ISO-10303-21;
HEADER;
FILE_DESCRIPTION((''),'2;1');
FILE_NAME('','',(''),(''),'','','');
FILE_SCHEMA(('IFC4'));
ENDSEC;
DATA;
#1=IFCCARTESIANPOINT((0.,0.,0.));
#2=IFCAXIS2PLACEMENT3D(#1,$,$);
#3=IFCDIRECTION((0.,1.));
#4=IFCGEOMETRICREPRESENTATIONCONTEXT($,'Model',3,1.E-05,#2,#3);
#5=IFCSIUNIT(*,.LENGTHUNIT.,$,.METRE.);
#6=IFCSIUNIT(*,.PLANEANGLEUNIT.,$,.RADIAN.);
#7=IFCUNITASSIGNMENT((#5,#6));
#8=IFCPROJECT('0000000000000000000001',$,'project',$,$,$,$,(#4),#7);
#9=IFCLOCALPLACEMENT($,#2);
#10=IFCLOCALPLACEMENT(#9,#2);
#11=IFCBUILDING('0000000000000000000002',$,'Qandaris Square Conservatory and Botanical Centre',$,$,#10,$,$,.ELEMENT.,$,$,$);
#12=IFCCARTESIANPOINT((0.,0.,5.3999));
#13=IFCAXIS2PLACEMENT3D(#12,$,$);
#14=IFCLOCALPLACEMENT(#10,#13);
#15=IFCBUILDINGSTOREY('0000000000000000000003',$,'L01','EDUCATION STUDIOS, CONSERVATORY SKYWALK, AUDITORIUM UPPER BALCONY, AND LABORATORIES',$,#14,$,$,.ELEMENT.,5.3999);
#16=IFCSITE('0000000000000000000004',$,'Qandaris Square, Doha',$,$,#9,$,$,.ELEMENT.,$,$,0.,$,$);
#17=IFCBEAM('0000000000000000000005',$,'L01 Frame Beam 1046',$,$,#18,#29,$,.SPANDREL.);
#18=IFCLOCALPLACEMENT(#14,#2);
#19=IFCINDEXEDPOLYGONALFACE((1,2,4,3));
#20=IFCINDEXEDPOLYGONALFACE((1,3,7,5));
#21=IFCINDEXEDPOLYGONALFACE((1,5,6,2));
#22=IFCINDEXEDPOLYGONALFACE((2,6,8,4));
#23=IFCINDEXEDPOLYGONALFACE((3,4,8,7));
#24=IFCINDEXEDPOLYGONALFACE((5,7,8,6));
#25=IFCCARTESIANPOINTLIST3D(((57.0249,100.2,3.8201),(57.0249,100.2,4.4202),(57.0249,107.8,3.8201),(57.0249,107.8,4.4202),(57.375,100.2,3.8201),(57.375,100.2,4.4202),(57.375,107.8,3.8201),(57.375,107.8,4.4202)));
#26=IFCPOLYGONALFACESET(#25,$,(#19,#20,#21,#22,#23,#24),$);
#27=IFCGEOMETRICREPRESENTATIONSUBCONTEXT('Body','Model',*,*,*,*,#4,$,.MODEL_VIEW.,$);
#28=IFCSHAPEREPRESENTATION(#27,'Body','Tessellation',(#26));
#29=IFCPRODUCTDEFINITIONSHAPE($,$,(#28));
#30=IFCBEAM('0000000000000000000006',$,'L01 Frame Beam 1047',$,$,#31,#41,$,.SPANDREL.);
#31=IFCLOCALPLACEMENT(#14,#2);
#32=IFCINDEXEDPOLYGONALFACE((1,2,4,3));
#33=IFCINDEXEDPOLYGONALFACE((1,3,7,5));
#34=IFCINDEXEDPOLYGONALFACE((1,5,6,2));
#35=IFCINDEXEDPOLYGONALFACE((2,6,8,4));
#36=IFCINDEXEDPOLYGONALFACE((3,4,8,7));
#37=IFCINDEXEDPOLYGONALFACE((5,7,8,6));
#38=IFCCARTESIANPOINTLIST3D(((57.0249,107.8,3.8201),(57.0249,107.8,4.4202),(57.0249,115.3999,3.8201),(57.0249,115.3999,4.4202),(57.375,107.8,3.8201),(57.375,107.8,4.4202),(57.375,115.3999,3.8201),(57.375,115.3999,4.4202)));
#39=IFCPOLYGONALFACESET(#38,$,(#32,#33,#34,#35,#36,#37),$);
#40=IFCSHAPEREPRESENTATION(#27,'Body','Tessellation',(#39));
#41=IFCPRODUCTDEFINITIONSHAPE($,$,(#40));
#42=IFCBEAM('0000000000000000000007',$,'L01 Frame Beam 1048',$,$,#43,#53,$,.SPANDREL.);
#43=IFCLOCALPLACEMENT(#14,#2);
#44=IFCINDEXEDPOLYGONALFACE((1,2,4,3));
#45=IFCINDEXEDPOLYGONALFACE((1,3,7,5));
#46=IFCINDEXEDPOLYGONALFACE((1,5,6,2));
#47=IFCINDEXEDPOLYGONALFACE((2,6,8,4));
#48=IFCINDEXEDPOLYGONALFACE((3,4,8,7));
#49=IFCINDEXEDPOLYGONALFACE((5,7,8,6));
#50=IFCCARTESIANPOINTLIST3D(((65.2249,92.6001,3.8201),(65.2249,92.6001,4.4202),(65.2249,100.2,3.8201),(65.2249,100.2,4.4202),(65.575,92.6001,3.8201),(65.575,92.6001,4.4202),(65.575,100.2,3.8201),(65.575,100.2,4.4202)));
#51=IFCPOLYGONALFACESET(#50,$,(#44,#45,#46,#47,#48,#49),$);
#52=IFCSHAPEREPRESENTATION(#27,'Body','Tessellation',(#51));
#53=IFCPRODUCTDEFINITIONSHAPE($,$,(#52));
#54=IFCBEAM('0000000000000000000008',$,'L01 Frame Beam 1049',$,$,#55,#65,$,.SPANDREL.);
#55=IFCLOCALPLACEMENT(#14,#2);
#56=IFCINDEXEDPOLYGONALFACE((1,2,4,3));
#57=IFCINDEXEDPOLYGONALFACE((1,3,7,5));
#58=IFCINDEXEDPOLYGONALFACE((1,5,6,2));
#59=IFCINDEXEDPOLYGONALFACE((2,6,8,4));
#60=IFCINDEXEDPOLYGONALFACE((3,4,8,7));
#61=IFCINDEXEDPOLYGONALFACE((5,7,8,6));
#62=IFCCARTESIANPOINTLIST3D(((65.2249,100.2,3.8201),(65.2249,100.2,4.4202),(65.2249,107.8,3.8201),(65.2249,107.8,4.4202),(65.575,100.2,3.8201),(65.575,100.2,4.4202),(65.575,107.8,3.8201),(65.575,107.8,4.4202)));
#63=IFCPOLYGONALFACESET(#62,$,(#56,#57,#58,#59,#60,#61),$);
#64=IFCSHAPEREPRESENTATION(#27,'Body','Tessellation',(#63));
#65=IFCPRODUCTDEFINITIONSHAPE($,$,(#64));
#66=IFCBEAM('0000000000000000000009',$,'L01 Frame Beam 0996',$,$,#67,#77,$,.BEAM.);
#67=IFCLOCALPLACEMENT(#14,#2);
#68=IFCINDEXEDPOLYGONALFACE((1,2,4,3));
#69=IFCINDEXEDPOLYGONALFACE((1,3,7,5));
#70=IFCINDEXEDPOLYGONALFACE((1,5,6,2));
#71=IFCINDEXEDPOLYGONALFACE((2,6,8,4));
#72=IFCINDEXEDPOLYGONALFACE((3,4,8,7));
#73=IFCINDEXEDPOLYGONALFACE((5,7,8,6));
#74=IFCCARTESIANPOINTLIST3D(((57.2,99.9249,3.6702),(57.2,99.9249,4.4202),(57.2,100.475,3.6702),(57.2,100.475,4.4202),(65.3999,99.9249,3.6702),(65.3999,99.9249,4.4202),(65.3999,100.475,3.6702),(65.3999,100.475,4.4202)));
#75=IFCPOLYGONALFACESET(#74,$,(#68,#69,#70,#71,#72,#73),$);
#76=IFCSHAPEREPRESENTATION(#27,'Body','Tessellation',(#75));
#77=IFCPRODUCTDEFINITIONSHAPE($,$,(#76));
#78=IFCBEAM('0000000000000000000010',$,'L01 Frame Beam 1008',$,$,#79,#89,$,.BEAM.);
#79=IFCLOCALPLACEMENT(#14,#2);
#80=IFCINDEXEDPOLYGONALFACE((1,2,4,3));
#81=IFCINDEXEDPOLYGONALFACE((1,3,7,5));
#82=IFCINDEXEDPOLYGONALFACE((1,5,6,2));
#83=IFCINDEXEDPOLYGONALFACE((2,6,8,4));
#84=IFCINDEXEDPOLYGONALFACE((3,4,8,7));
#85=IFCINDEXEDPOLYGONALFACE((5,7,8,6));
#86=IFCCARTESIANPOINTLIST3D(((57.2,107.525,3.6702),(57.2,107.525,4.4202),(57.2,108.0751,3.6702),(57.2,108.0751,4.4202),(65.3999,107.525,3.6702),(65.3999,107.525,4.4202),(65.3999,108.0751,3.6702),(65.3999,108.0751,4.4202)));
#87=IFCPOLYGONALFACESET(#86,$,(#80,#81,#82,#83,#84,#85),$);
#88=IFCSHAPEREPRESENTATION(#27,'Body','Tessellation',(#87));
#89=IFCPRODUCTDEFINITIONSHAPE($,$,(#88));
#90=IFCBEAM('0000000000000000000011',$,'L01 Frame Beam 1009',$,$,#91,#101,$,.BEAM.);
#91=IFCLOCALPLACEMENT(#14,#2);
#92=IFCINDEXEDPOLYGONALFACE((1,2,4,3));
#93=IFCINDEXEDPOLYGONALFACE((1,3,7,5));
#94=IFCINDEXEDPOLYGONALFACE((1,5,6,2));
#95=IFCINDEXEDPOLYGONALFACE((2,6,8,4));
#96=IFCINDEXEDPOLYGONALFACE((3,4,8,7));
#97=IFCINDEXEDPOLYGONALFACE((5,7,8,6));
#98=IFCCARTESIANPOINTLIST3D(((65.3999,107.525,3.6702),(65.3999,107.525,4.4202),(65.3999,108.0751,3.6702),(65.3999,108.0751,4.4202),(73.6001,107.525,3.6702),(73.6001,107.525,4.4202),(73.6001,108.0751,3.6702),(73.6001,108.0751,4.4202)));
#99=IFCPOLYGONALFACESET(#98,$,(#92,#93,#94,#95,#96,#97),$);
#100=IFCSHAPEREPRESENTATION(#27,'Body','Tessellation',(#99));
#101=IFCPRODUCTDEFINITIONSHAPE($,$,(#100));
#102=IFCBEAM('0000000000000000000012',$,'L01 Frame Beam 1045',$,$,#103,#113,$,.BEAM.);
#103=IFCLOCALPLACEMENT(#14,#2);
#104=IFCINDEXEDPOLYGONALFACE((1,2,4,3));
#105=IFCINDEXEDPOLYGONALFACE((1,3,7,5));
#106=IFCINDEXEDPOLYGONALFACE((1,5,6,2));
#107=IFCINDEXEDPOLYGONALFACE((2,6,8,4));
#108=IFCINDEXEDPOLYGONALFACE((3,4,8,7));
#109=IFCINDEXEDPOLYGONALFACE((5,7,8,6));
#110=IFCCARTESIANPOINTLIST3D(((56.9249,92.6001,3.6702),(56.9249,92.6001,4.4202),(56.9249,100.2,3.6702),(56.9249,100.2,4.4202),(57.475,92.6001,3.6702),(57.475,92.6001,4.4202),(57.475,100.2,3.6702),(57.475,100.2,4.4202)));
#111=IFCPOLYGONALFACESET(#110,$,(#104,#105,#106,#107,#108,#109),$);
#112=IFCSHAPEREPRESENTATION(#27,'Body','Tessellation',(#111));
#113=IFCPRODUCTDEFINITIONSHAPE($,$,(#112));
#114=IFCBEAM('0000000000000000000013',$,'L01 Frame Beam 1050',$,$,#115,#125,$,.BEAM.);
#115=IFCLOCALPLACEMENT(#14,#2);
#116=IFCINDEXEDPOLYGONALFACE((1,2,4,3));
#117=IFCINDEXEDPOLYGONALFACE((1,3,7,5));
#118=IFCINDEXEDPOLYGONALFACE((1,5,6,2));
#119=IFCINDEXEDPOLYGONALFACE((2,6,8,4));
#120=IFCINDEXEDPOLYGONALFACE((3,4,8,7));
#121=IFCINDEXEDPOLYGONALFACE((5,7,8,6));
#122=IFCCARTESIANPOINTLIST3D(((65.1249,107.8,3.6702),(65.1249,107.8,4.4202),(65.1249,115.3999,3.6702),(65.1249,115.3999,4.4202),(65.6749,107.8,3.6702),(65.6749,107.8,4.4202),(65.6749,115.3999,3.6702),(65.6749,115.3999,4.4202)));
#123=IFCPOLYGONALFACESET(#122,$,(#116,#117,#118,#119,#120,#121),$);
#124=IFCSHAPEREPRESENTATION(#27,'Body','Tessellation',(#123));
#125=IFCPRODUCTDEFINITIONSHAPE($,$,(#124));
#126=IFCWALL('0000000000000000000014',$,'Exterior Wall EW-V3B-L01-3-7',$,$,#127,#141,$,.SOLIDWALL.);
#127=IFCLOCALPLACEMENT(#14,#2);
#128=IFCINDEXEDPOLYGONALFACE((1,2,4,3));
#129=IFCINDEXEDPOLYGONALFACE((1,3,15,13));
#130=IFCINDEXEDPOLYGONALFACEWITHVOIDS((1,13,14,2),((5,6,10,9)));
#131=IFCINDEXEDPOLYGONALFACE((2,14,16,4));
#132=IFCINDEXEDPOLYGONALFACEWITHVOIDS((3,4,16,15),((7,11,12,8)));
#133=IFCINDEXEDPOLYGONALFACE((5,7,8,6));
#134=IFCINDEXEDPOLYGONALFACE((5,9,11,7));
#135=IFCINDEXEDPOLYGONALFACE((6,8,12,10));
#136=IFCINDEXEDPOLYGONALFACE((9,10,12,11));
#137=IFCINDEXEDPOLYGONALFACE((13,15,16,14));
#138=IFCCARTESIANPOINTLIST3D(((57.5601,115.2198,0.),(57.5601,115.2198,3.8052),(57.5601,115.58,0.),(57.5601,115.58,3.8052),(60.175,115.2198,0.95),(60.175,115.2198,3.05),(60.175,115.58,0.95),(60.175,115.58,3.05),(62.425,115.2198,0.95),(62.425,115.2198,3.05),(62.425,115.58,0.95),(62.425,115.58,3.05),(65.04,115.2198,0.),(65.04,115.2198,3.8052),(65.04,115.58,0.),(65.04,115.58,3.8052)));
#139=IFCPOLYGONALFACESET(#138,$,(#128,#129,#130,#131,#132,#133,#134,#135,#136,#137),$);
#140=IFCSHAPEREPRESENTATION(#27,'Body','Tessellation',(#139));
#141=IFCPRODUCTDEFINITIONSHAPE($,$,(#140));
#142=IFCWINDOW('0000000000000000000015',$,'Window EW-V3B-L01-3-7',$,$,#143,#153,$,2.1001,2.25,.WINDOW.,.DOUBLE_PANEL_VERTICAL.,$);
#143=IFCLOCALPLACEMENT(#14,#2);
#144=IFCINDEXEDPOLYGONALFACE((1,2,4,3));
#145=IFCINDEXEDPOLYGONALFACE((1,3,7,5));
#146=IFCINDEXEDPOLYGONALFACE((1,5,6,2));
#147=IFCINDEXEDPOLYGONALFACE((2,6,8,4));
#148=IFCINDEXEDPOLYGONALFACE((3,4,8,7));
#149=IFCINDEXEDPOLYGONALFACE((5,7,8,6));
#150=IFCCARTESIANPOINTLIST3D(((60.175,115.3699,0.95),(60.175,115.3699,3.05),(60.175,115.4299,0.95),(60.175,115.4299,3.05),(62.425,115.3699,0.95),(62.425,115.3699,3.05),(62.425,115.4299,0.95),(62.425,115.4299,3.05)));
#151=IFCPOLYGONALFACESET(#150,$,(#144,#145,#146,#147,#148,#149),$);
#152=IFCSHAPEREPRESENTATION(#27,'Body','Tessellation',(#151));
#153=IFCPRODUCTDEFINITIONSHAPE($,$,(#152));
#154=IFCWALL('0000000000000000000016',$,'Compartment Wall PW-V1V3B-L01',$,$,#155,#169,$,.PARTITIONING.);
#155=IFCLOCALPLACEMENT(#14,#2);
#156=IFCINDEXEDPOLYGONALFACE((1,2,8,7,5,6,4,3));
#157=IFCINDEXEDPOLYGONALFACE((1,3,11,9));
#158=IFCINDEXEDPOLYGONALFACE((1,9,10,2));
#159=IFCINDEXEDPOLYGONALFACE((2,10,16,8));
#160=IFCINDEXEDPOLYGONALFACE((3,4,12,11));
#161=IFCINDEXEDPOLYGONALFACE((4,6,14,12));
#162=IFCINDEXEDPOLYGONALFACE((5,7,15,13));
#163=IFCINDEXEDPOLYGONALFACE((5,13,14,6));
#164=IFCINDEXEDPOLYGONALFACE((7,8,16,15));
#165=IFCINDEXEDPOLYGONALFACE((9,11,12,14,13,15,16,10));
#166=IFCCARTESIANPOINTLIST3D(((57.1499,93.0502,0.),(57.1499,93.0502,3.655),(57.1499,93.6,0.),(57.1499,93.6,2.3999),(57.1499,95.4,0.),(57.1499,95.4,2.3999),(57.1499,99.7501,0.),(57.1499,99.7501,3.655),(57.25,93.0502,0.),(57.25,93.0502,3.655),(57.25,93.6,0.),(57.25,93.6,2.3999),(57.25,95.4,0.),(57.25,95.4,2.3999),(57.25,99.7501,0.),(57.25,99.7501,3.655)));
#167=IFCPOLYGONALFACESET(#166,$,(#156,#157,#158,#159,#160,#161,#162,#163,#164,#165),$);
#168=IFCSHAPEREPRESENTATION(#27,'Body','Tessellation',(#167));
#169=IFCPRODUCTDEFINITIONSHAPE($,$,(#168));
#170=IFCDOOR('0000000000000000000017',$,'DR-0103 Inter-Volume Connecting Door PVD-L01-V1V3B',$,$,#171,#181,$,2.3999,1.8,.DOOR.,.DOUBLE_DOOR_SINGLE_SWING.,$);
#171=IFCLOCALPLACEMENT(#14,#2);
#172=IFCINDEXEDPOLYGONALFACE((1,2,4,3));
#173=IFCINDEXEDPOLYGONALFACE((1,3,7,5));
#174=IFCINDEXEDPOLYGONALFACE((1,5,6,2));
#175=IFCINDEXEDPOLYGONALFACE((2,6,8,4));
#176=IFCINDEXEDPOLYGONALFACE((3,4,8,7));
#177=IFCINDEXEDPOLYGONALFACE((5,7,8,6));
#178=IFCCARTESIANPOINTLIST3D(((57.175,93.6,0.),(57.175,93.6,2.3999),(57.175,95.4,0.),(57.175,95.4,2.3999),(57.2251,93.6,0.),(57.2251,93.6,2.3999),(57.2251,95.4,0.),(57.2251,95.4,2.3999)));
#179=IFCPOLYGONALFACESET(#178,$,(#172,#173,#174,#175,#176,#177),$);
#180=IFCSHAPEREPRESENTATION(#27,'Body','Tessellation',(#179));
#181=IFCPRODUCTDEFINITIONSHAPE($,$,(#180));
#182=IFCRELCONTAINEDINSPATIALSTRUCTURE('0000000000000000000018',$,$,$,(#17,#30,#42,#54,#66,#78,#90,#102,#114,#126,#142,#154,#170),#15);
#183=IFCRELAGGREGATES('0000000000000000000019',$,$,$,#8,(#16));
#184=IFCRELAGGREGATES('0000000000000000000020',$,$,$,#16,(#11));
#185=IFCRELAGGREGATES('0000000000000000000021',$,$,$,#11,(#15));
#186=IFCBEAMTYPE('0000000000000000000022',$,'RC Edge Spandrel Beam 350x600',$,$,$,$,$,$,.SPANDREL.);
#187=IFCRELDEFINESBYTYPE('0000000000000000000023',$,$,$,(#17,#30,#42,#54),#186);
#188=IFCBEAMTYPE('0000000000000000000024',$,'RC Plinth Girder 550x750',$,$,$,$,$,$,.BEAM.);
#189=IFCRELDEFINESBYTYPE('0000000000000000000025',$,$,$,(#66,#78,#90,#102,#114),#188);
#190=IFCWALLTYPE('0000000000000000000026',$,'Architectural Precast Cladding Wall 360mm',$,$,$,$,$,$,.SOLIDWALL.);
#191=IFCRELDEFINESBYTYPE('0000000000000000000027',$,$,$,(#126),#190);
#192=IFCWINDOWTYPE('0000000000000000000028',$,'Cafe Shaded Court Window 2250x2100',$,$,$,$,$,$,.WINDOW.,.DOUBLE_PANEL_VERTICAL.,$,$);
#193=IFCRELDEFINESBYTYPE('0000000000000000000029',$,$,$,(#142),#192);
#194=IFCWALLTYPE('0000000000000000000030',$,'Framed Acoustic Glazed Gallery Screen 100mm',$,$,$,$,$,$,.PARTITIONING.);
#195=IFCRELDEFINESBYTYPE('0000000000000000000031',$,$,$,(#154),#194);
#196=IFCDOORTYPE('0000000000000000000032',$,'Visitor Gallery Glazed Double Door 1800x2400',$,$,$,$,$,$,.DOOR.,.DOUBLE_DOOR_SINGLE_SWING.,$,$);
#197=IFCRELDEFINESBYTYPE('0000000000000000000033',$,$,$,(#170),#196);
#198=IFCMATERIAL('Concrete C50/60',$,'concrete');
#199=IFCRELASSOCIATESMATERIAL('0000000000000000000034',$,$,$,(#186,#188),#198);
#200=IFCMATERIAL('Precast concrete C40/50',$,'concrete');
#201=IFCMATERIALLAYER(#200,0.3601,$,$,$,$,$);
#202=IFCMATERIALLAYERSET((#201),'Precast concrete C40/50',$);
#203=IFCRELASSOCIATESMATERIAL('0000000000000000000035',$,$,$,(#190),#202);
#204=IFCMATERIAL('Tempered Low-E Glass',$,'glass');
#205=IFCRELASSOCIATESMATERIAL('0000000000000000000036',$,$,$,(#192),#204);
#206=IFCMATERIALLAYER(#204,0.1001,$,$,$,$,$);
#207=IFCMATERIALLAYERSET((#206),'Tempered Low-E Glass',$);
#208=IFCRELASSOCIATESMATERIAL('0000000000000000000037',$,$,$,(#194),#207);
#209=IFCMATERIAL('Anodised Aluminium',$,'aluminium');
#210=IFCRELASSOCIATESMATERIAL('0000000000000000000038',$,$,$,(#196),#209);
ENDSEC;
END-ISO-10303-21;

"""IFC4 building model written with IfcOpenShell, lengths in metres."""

from ifc_helpers import new_model, si_unit, direction, frame, frame_2d, origin, origin_2d, place, context, subcontext, project, spatial, rectangle, extrude, material, layer, layer_set, material_profile, profile_set, type_object, element, fill, save


model = new_model("IFC4")

# Units and contexts
model_context = context("Model", 3, precision=1e-05, world=origin(), true_north=direction((0.0, 1.0)))
body_context = subcontext(model_context, "Body", "Model", "MODEL_VIEW")
ifc_project = project(units=[si_unit("LENGTHUNIT", "METRE"), si_unit("PLANEANGLEUNIT", "RADIAN")], contexts=[model_context])

# Site, building, storey
site_placement = place(None, origin())
site = spatial("IfcSite", under=ifc_project, at=site_placement, Name="Qandaris Square, Doha", CompositionType="ELEMENT", RefElevation=0.0)
building_placement = place(site_placement, origin())
building = spatial("IfcBuilding", under=site, at=building_placement, Name="Qandaris Square Conservatory and Botanical Centre", CompositionType="ELEMENT")
storey_placement = place(building_placement, frame((0.0, 0.0, 5.3999)))
storey = spatial("IfcBuildingStorey", under=building, at=storey_placement, Name="L01", Description="EDUCATION STUDIOS, CONSERVATORY SKYWALK, AUDITORIUM UPPER BALCONY, AND LABORATORIES", CompositionType="ELEMENT", Elevation=5.3999)

# Shared definitions
ifc_material_1 = material(Name="Concrete C50/60", Category="concrete")

# Beams
ifc_material_profile_1 = material_profile(ifc_material_1, rectangle(XDim=0.3501, YDim=0.6001, at=origin_2d()), Name="RC-SP 350x600")
ifc_profile_set_1 = profile_set([ifc_material_profile_1], Name="Concrete C50/60")
beam_type_1 = type_object("IfcBeamType", Name="RC Edge Spandrel Beam 350x600", PredefinedType="SPANDREL", material=ifc_profile_set_1)
beam_1_placement = place(storey_placement, frame((57.2, 100.2, 4.1201), z_axis=(0.0, 1.0, 0.0), x_axis=(-1.0, 0.0, 0.0)))
element("IfcBeam", 1, at=beam_1_placement, inside=storey, type_object=beam_type_1, Name="L01 Frame Beam 1046", PredefinedType="SPANDREL", context=body_context, shape_type="SweptSolid", body=[
    extrude(rectangle(XDim=0.3501, YDim=0.6001, at=origin_2d()), origin(), (0.0, 0.0, 1.0), 7.6001),
])
for number, where, z_axis, x_axis, name in (
    (2, (57.2, 107.8, 4.1201), (0.0, 1.0, 0.0), (-1.0, 0.0, 0.0), "L01 Frame Beam 1047"),
    (3, (65.3999, 92.6001, 4.1201), (0.0, 1.0, 0.0), (-1.0, 0.0, 0.0), "L01 Frame Beam 1048"),
):
    element("IfcBeam", number, at=place(storey_placement, frame(where, z_axis=z_axis, x_axis=x_axis)), inside=storey, type_object=beam_type_1, Name=name, PredefinedType="SPANDREL", context=body_context, shape_type="SweptSolid", body=[
        extrude(rectangle(XDim=0.3501, YDim=0.6001, at=origin_2d()), origin(), (0.0, 0.0, 1.0), 7.5999),
    ])
beam_2_placement = place(storey_placement, frame((65.3999, 100.2, 4.1201), z_axis=(0.0, 1.0, 0.0), x_axis=(-1.0, 0.0, 0.0)))
element("IfcBeam", 4, at=beam_2_placement, inside=storey, type_object=beam_type_1, Name="L01 Frame Beam 1049", PredefinedType="SPANDREL", context=body_context, shape_type="SweptSolid", body=[
    extrude(rectangle(XDim=0.3501, YDim=0.6001, at=origin_2d()), origin(), (0.0, 0.0, 1.0), 7.6001),
])
ifc_material_profile_2 = material_profile(ifc_material_1, rectangle(XDim=0.55, YDim=0.75, at=origin_2d()), Name="RC-BM 550x750")
ifc_profile_set_2 = profile_set([ifc_material_profile_2], Name="Concrete C50/60")
beam_type_2 = type_object("IfcBeamType", Name="RC Plinth Girder 550x750", PredefinedType="BEAM", material=ifc_profile_set_2)
for number, where, z_axis, x_axis, name in (
    (5, (57.2, 100.2, 4.0452), (1.0, 0.0, 0.0), (0.0, 1.0, 0.0), "L01 Frame Beam 0996"),
    (6, (57.2, 107.8, 4.0452), (1.0, 0.0, 0.0), (0.0, 1.0, 0.0), "L01 Frame Beam 1008"),
):
    element("IfcBeam", number, at=place(storey_placement, frame(where, z_axis=z_axis, x_axis=x_axis)), inside=storey, type_object=beam_type_2, Name=name, PredefinedType="BEAM", context=body_context, shape_type="SweptSolid", body=[
        extrude(rectangle(XDim=0.55, YDim=0.75, at=origin_2d()), origin(), (0.0, 0.0, 1.0), 8.2),
    ])
beam_3_placement = place(storey_placement, frame((65.3999, 107.8, 4.0452), z_axis=(1.0, 0.0, 0.0), x_axis=(0.0, 1.0, 0.0)))
element("IfcBeam", 7, at=beam_3_placement, inside=storey, type_object=beam_type_2, Name="L01 Frame Beam 1009", PredefinedType="BEAM", context=body_context, shape_type="SweptSolid", body=[
    extrude(rectangle(XDim=0.55, YDim=0.75, at=origin_2d()), origin(), (0.0, 0.0, 1.0), 8.2002),
])
for number, where, z_axis, x_axis, name in (
    (8, (57.2, 92.6001, 4.0452), (0.0, 1.0, 0.0), (-1.0, 0.0, 0.0), "L01 Frame Beam 1045"),
    (9, (65.3999, 107.8, 4.0452), (0.0, 1.0, 0.0), (-1.0, 0.0, 0.0), "L01 Frame Beam 1050"),
):
    element("IfcBeam", number, at=place(storey_placement, frame(where, z_axis=z_axis, x_axis=x_axis)), inside=storey, type_object=beam_type_2, Name=name, PredefinedType="BEAM", context=body_context, shape_type="SweptSolid", body=[
        extrude(rectangle(XDim=0.55, YDim=0.75, at=origin_2d()), origin(), (0.0, 0.0, 1.0), 7.5999),
    ])

# Wall, opening, window
ifc_material_2 = material(Name="Precast concrete C40/50", Category="concrete")
ifc_layer_1 = layer(ifc_material_2, 0.3601)
ifc_layer_set_1 = layer_set([ifc_layer_1], Name="Precast concrete C40/50")
wall_type_1 = type_object("IfcWallType", Name="Architectural Precast Cladding Wall 360mm", PredefinedType="SOLIDWALL", material=ifc_layer_set_1)
wall_1_placement = place(storey_placement, frame((65.04, 115.3999, 0.0), z_axis=(0.0, 0.0, 1.0), x_axis=(-1.0, 0.0, 0.0)))
wall_1 = element("IfcWall", 10, at=wall_1_placement, inside=storey, type_object=wall_type_1, Name="Exterior Wall EW-V3B-L01-3-7", PredefinedType="SOLIDWALL", context=body_context, shape_type="SweptSolid", body=[
    extrude(rectangle(XDim=7.48, YDim=0.3601, at=frame_2d((3.74, 0.0))), origin(), (0.0, 0.0, 1.0), 3.8052),
])
opening_1_placement = place(wall_1_placement, frame((2.615, 0.0, 0.95)))
opening_1 = element("IfcOpeningElement", 11, at=opening_1_placement, cuts=wall_1, PredefinedType="OPENING", context=body_context, shape_type="SweptSolid", body=[
    extrude(rectangle(XDim=2.25, YDim=2.1001, at=frame_2d((1.125, 1.05))), frame((0.0, 0.1919, 0.0), z_axis=(0.0, -1.0, 0.0), x_axis=(1.0, 0.0, 0.0)), (0.0, 0.0, 1.0), 0.384),
])
ifc_material_3 = material(Name="Tempered Low-E Glass", Category="glass")
window_type = type_object("IfcWindowType", Name="Cafe Shaded Court Window 2250x2100", PartitioningType="DOUBLE_PANEL_VERTICAL", PredefinedType="WINDOW", material=ifc_material_3)
window_1_placement = place(opening_1_placement, origin())
window_1 = element("IfcWindow", 12, at=window_1_placement, inside=storey, type_object=window_type, Name="Window EW-V3B-L01-3-7", OverallHeight=2.1001, OverallWidth=2.25, PartitioningType="DOUBLE_PANEL_VERTICAL", PredefinedType="WINDOW", context=body_context, shape_type="SweptSolid", body=[
    extrude(rectangle(XDim=2.25, YDim=2.1001, at=frame_2d((1.125, 1.05))), frame((0.0, 0.03, 0.0), z_axis=(0.0, -1.0, 0.0), x_axis=(1.0, 0.0, 0.0)), (0.0, 0.0, 1.0), 0.0601),
])
fill(opening_1, window_1)

# Wall, opening, door
ifc_layer_2 = layer(ifc_material_3, 0.1001)
ifc_layer_set_2 = layer_set([ifc_layer_2], Name="Tempered Low-E Glass")
wall_type_2 = type_object("IfcWallType", Name="Framed Acoustic Glazed Gallery Screen 100mm", PredefinedType="PARTITIONING", material=ifc_layer_set_2)
wall_2_placement = place(storey_placement, frame((57.2, 93.05, 0.0), z_axis=(0.0, 0.0, 1.0), x_axis=(0.0, 1.0, 0.0)))
wall_2 = element("IfcWall", 13, at=wall_2_placement, inside=storey, type_object=wall_type_2, Name="Compartment Wall PW-V1V3B-L01", PredefinedType="PARTITIONING", context=body_context, shape_type="SweptSolid", body=[
    extrude(rectangle(XDim=6.7, YDim=0.1001, at=frame_2d((3.3501, 0.0))), origin(), (0.0, 0.0, 1.0), 3.655),
])
opening_2_placement = place(wall_2_placement, frame((0.55, 0.0, 0.0)))
opening_2 = element("IfcOpeningElement", 14, at=opening_2_placement, cuts=wall_2, PredefinedType="OPENING", context=body_context, shape_type="SweptSolid", body=[
    extrude(rectangle(XDim=1.8, YDim=2.3999, at=frame_2d((0.8999, 1.2))), frame((0.0, 0.062, 0.0), z_axis=(0.0, -1.0, 0.0), x_axis=(1.0, 0.0, 0.0)), (0.0, 0.0, 1.0), 0.124),
])
ifc_material_4 = material(Name="Anodised Aluminium", Category="aluminium")
door_type_1 = type_object("IfcDoorType", Name="Visitor Gallery Glazed Double Door 1800x2400", OperationType="DOUBLE_DOOR_SINGLE_SWING", PredefinedType="DOOR", material=ifc_material_4)
door_1_placement = place(opening_2_placement, origin())
door_1 = element("IfcDoor", 15, at=door_1_placement, inside=storey, type_object=door_type_1, Name="DR-0103 Inter-Volume Connecting Door PVD-L01-V1V3B", OperationType="DOUBLE_DOOR_SINGLE_SWING", OverallHeight=2.3999, OverallWidth=1.8, PredefinedType="DOOR", context=body_context, shape_type="SweptSolid", body=[
    extrude(rectangle(XDim=1.8, YDim=2.3999, at=frame_2d((0.8999, 1.2))), frame((0.0, 0.0249, 0.0), z_axis=(0.0, -1.0, 0.0), x_axis=(1.0, 0.0, 0.0)), (0.0, 0.0, 1.0), 0.05),
])
fill(opening_2, door_1)

save(model, "model.ifc")
